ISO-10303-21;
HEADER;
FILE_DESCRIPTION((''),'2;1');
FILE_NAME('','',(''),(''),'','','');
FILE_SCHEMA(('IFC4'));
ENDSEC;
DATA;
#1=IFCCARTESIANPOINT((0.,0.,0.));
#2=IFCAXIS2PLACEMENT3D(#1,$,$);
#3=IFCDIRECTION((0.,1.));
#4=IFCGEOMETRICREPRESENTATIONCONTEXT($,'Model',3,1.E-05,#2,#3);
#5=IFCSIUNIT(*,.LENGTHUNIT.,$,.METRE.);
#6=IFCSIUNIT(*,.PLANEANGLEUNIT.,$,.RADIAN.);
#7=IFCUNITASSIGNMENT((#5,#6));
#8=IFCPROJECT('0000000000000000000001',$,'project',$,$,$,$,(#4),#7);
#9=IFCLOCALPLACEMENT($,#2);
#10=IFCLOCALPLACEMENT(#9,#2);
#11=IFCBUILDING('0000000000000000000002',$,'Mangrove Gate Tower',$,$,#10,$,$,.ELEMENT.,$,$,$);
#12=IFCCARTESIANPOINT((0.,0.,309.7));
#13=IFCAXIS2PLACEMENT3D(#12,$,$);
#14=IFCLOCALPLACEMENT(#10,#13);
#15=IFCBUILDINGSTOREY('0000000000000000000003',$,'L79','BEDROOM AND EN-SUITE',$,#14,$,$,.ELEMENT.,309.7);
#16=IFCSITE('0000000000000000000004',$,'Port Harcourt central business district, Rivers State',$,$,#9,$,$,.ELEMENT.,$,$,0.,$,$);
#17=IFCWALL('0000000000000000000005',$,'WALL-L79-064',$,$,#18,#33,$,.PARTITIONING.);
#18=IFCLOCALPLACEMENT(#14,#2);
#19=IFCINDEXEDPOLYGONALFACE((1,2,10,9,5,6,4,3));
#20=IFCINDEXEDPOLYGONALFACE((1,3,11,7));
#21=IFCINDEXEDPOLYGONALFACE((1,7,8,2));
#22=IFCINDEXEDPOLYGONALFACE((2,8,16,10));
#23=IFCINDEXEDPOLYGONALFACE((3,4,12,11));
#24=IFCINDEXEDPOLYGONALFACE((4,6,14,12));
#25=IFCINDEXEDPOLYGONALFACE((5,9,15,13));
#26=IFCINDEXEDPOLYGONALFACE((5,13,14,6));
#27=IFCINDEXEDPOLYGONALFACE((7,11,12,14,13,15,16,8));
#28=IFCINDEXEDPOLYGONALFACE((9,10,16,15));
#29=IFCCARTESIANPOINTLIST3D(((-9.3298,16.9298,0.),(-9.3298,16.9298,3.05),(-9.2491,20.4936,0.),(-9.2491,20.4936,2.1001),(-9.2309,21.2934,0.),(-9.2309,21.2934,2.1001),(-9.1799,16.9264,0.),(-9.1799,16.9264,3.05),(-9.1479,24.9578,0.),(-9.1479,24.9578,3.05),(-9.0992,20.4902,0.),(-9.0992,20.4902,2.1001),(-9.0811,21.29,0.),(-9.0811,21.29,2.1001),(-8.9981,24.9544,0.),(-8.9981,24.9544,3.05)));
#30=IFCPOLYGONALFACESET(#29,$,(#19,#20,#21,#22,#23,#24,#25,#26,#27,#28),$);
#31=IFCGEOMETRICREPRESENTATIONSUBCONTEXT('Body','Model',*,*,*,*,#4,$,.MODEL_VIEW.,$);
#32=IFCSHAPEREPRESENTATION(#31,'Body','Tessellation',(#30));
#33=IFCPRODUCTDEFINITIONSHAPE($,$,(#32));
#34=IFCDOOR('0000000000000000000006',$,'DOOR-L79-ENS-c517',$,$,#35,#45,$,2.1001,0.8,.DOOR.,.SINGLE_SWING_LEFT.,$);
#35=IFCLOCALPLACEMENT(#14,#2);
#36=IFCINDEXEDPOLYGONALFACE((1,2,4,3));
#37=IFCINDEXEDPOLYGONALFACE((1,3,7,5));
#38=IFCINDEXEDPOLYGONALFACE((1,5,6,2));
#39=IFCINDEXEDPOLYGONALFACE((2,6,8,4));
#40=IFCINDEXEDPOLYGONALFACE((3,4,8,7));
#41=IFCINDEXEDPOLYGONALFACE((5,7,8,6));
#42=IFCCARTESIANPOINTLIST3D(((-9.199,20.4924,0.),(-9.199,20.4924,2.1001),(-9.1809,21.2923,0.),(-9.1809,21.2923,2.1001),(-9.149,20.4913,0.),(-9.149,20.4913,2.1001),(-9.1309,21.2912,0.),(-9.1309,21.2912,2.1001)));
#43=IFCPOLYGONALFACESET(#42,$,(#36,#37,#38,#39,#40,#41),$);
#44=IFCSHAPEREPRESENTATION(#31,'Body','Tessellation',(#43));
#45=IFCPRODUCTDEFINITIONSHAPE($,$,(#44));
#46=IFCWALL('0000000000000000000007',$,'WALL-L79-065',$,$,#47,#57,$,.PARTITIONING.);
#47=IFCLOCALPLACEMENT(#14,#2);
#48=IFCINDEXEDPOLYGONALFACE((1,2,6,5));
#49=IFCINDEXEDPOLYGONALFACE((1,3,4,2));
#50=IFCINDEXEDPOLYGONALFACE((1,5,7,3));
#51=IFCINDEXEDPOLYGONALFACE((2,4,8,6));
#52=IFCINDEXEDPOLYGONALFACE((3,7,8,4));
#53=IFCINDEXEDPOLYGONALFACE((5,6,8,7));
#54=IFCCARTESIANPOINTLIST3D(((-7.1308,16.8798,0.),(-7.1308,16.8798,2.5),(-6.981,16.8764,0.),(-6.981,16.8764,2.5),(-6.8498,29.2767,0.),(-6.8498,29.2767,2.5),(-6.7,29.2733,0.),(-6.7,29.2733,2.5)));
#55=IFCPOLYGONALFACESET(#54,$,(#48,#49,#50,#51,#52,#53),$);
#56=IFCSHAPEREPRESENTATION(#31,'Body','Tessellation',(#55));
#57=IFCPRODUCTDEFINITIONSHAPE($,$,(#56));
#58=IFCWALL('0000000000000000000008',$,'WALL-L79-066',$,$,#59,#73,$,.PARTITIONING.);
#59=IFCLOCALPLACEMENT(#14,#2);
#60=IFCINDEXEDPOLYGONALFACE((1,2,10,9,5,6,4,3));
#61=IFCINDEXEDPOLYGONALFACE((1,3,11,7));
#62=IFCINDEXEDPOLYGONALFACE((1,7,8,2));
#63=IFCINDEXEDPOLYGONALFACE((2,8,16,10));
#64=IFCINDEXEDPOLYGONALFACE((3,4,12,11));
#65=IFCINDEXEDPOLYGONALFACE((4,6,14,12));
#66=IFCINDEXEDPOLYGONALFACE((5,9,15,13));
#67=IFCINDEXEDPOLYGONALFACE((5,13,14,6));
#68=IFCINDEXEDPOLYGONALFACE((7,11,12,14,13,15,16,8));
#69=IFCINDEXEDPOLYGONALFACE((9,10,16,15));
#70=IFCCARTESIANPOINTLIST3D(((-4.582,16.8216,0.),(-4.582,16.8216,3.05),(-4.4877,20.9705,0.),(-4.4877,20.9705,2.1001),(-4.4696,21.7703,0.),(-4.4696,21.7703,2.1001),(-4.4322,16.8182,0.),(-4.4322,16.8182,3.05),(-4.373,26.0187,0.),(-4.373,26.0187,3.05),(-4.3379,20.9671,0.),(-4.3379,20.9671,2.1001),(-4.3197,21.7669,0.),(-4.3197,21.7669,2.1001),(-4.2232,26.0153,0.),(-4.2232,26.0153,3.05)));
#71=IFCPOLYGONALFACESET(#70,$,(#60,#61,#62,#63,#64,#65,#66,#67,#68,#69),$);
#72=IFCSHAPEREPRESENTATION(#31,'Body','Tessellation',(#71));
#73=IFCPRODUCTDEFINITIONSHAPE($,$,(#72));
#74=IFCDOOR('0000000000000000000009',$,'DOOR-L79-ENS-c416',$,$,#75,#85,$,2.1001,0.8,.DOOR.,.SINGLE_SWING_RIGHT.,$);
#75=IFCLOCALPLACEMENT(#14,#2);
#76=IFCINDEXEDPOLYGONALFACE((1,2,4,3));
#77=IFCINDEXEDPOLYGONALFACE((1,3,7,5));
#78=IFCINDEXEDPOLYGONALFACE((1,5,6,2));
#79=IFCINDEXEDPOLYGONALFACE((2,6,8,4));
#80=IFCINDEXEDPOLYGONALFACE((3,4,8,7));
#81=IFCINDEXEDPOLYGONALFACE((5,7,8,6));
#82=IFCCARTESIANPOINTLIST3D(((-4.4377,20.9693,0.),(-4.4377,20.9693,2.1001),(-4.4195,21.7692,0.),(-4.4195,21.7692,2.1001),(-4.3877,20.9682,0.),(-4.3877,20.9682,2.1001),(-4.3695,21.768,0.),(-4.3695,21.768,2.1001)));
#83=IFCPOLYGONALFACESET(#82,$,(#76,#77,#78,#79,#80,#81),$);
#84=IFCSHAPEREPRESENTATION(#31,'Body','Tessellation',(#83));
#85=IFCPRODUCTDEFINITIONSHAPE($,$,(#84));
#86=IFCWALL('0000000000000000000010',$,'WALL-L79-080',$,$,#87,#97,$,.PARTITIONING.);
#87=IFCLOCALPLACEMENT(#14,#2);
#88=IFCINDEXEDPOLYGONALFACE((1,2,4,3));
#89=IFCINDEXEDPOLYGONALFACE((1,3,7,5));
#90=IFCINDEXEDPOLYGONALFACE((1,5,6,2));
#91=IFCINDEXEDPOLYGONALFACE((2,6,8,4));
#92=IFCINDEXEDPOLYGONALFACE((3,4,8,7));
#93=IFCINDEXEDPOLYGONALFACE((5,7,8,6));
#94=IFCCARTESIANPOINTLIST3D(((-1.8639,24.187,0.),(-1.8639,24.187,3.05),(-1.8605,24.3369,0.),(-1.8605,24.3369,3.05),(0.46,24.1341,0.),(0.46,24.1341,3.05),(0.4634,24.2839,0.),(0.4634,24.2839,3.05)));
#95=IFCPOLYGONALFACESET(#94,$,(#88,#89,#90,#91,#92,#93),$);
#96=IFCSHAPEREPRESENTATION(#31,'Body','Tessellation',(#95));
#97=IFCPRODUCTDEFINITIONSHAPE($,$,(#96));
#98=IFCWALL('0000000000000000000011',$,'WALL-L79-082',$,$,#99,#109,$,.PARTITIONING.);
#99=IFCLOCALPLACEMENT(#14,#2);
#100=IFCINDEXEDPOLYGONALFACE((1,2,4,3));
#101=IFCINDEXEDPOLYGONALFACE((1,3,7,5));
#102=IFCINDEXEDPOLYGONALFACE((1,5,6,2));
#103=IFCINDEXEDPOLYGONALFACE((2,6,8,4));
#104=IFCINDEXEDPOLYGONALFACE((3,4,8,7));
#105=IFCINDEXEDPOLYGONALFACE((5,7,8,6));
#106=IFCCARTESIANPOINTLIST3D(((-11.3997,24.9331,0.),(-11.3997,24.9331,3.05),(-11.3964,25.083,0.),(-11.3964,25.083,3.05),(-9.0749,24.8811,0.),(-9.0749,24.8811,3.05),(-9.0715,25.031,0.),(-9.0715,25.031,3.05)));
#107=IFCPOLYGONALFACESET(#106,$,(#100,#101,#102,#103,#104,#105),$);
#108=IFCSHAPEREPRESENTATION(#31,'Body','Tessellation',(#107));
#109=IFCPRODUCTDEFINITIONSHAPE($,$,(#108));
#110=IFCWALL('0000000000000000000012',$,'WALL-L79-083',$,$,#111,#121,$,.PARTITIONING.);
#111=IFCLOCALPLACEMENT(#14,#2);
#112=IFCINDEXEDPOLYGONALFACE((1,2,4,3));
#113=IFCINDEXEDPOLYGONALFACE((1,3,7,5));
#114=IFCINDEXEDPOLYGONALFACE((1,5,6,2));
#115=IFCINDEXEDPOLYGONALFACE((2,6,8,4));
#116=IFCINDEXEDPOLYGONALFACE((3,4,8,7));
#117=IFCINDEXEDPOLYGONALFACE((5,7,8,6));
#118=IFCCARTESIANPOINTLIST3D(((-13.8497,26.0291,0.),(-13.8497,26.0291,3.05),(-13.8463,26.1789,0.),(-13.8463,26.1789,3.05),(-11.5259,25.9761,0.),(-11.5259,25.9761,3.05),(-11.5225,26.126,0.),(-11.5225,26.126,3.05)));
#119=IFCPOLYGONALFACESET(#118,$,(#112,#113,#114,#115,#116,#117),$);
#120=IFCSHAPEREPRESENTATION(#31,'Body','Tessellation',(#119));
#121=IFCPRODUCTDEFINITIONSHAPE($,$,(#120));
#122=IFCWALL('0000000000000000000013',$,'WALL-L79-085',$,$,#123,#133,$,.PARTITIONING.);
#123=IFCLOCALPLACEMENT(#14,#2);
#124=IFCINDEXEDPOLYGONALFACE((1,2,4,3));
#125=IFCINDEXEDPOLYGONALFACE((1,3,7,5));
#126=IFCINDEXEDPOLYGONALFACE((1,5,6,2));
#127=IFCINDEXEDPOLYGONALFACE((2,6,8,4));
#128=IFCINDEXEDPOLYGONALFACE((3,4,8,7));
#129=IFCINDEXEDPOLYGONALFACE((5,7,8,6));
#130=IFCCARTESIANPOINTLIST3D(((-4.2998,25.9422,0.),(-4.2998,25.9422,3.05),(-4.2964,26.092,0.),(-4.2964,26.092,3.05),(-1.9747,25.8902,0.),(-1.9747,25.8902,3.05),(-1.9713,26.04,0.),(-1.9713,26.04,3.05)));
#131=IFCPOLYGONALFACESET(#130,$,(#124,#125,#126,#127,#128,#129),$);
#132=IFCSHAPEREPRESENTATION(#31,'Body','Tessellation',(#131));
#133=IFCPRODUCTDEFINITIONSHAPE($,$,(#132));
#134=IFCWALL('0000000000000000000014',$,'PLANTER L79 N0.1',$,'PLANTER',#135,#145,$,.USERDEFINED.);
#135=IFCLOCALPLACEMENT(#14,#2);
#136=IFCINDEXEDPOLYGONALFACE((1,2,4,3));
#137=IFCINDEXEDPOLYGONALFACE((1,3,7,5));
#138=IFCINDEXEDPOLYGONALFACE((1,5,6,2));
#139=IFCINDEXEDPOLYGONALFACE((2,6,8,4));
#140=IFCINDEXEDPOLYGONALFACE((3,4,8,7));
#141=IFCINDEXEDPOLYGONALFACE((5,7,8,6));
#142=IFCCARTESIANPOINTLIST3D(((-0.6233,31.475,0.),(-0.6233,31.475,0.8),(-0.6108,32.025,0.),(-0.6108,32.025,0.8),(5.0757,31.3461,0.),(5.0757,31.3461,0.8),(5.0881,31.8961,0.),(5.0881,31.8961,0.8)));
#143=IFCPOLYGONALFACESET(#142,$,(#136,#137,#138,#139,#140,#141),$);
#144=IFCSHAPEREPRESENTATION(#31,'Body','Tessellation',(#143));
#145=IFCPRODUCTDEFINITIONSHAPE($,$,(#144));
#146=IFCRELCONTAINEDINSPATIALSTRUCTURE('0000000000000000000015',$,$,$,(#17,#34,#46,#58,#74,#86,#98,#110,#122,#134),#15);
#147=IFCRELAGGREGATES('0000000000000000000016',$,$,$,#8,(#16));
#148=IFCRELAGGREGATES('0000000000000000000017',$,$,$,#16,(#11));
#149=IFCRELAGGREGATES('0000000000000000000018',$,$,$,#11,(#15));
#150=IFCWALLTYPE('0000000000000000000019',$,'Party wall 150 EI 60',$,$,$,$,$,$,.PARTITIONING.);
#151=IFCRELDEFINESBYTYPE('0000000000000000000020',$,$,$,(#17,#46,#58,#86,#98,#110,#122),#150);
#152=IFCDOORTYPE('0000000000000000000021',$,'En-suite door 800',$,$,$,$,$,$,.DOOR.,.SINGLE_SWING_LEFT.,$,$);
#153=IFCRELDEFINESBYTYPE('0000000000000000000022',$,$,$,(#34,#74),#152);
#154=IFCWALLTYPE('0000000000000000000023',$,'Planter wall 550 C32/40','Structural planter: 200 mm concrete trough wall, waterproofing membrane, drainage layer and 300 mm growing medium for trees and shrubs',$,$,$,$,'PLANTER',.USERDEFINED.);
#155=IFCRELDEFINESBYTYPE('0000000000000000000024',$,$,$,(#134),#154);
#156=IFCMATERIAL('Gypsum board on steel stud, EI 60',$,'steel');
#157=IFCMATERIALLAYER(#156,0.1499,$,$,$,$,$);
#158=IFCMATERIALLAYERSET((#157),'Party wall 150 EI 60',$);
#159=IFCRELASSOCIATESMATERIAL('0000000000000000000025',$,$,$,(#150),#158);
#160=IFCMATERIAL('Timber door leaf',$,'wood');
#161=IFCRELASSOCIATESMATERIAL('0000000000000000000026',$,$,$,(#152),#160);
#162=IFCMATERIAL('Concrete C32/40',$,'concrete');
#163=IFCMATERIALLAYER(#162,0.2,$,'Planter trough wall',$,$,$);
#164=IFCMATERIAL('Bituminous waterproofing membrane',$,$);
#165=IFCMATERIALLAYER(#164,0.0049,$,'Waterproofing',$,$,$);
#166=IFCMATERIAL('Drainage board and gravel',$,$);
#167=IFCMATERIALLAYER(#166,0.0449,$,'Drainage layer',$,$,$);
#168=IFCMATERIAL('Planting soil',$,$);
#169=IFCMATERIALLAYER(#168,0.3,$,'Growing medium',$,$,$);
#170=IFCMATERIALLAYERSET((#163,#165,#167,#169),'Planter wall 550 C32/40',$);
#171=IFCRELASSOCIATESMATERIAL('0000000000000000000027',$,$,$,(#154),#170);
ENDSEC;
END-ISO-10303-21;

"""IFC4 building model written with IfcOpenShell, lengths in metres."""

from ifc_helpers import new_model, si_unit, direction, frame, frame_2d, origin, place, context, subcontext, project, spatial, rectangle, extrude, material, layer, layer_set, type_object, element, fill, save


model = new_model("IFC4")

# Units and contexts
model_context = context("Model", 3, precision=1e-05, world=origin(), true_north=direction((0.0, 1.0)))
body_context = subcontext(model_context, "Body", "Model", "MODEL_VIEW")
ifc_project = project(units=[si_unit("LENGTHUNIT", "METRE"), si_unit("PLANEANGLEUNIT", "RADIAN")], contexts=[model_context])

# Site, building, storey
site_placement = place(None, origin())
site = spatial("IfcSite", under=ifc_project, at=site_placement, Name="Port Harcourt central business district, Rivers State", CompositionType="ELEMENT", RefElevation=0.0)
building_placement = place(site_placement, origin())
building = spatial("IfcBuilding", under=site, at=building_placement, Name="Mangrove Gate Tower", CompositionType="ELEMENT")
storey_placement = place(building_placement, frame((0.0, 0.0, 309.7)))
storey = spatial("IfcBuildingStorey", under=building, at=storey_placement, Name="L79", Description="BEDROOM AND EN-SUITE", CompositionType="ELEMENT", Elevation=309.7)

# Shared definitions
ifc_material_1 = material(Name="Gypsum board on steel stud, EI 60", Category="steel")
ifc_layer_1 = layer(ifc_material_1, 0.1499)
ifc_layer_set_1 = layer_set([ifc_layer_1], Name="Party wall 150 EI 60")
wall_type_1 = type_object("IfcWallType", Name="Party wall 150 EI 60", PredefinedType="PARTITIONING", material=ifc_layer_set_1)
ifc_material_2 = material(Name="Timber door leaf", Category="wood")
door_type = type_object("IfcDoorType", Name="En-suite door 800", OperationType="SINGLE_SWING_LEFT", PredefinedType="DOOR", material=ifc_material_2)

# Wall, opening, door
wall_1_placement = place(storey_placement, frame((-9.2549, 16.928, 0.0), z_axis=(0.0, 0.0, 1.0), x_axis=(0.02265, 0.999743, 0.0)))
wall_1 = element("IfcWall", 1, at=wall_1_placement, inside=storey, type_object=wall_type_1, Name="WALL-L79-064", PredefinedType="PARTITIONING", context=body_context, shape_type="SweptSolid", body=[
    extrude(rectangle(XDim=8.03, YDim=0.1499, at=frame_2d((4.0151, 0.0))), origin(), (0.0, 0.0, 1.0), 3.05),
])
opening_1_placement = place(wall_1_placement, frame((3.5649, 0.0, 0.0)))
opening_1 = element("IfcOpeningElement", 2, at=opening_1_placement, cuts=wall_1, PredefinedType="OPENING", context=body_context, shape_type="SweptSolid", body=[
    extrude(rectangle(XDim=0.8, YDim=2.1001, at=frame_2d((0.3999, 1.05))), frame((0.0, 0.085, 0.0), z_axis=(0.0, -1.0, 0.0), x_axis=(1.0, 0.0, 0.0)), (0.0, 0.0, 1.0), 0.1699),
])
door_1_placement = place(opening_1_placement, origin())
door_1 = element("IfcDoor", 3, at=door_1_placement, inside=storey, type_object=door_type, Name="DOOR-L79-ENS-c517", OperationType="SINGLE_SWING_LEFT", OverallHeight=2.1001, OverallWidth=0.8, PredefinedType="DOOR", context=body_context, shape_type="SweptSolid", body=[
    extrude(rectangle(XDim=0.8, YDim=2.1001, at=frame_2d((0.3999, 1.05))), frame((0.0, 0.0249, 0.0), z_axis=(0.0, -1.0, 0.0), x_axis=(1.0, 0.0, 0.0)), (0.0, 0.0, 1.0), 0.05),
])
fill(opening_1, door_1)

# Wall
wall_2_placement = place(storey_placement, frame((-7.0559, 16.8779, 0.0), z_axis=(0.0, 0.0, 1.0), x_axis=(0.022661, 0.999743, 0.0)))
element("IfcWall", 4, at=wall_2_placement, inside=storey, type_object=wall_type_1, Name="WALL-L79-065", PredefinedType="PARTITIONING", context=body_context, shape_type="SweptSolid", body=[
    extrude(rectangle(XDim=12.4001, YDim=0.1499, at=frame_2d((6.2002, 0.0))), origin(), (0.0, 0.0, 1.0), 2.5),
])

# Wall, opening, door
wall_3_placement = place(storey_placement, frame((-4.5071, 16.8201, 0.0), z_axis=(0.0, 0.0, 1.0), x_axis=(0.022717, 0.999742, 0.0)))
wall_3 = element("IfcWall", 5, at=wall_3_placement, inside=storey, type_object=wall_type_1, Name="WALL-L79-066", PredefinedType="PARTITIONING", context=body_context, shape_type="SweptSolid", body=[
    extrude(rectangle(XDim=9.1995, YDim=0.1499, at=frame_2d((4.5996, 0.0))), origin(), (0.0, 0.0, 1.0), 3.05),
])
opening_2_placement = place(wall_3_placement, frame((4.1499, 0.0, 0.0)))
opening_2 = element("IfcOpeningElement", 6, at=opening_2_placement, cuts=wall_3, PredefinedType="OPENING", context=body_context, shape_type="SweptSolid", body=[
    extrude(rectangle(XDim=0.8, YDim=2.1001, at=frame_2d((0.3999, 1.05))), frame((0.0, 0.085, 0.0), z_axis=(0.0, -1.0, 0.0), x_axis=(1.0, 0.0, 0.0)), (0.0, 0.0, 1.0), 0.1699),
])
door_2_placement = place(opening_2_placement, origin())
door_2 = element("IfcDoor", 7, at=door_2_placement, inside=storey, type_object=door_type, Name="DOOR-L79-ENS-c416", OperationType="SINGLE_SWING_RIGHT", OverallHeight=2.1001, OverallWidth=0.8, PredefinedType="DOOR", context=body_context, shape_type="SweptSolid", body=[
    extrude(rectangle(XDim=0.8, YDim=2.1001, at=frame_2d((0.3999, 1.05))), frame((0.0, 0.0249, 0.0), z_axis=(0.0, -1.0, 0.0), x_axis=(1.0, 0.0, 0.0)), (0.0, 0.0, 1.0), 0.05),
])
fill(opening_2, door_2)

# Walls
wall_4_placement = place(storey_placement, frame((-1.8621, 24.262, 0.0), z_axis=(0.0, 0.0, 1.0), x_axis=(0.99974, -0.022791, 0.0)))
element("IfcWall", 8, at=wall_4_placement, inside=storey, type_object=wall_type_1, Name="WALL-L79-080", PredefinedType="PARTITIONING", context=body_context, shape_type="SweptSolid", body=[
    extrude(rectangle(XDim=2.3245, YDim=0.1499, at=frame_2d((1.1621, 0.0))), origin(), (0.0, 0.0, 1.0), 3.05),
])
wall_5_placement = place(storey_placement, frame((-11.3979, 25.0081, 0.0), z_axis=(0.0, 0.0, 1.0), x_axis=(0.99975, -0.022361, 0.0)))
element("IfcWall", 9, at=wall_5_placement, inside=storey, type_object=wall_type_1, Name="WALL-L79-082", PredefinedType="PARTITIONING", context=body_context, shape_type="SweptSolid", body=[
    extrude(rectangle(XDim=2.3254, YDim=0.1499, at=frame_2d((1.1626, 0.0))), origin(), (0.0, 0.0, 1.0), 3.05),
])
wall_6_placement = place(storey_placement, frame((-13.8479, 26.104, 0.0), z_axis=(0.0, 0.0, 1.0), x_axis=(0.99974, -0.022791, 0.0)))
element("IfcWall", 10, at=wall_6_placement, inside=storey, type_object=wall_type_1, Name="WALL-L79-083", PredefinedType="PARTITIONING", context=body_context, shape_type="SweptSolid", body=[
    extrude(rectangle(XDim=2.3245, YDim=0.1499, at=frame_2d((1.1621, 0.0))), origin(), (0.0, 0.0, 1.0), 3.05),
])
wall_7_placement = place(storey_placement, frame((-4.2981, 26.0171, 0.0), z_axis=(0.0, 0.0, 1.0), x_axis=(0.99975, -0.022359, 0.0)))
element("IfcWall", 11, at=wall_7_placement, inside=storey, type_object=wall_type_1, Name="WALL-L79-085", PredefinedType="PARTITIONING", context=body_context, shape_type="SweptSolid", body=[
    extrude(rectangle(XDim=2.3257, YDim=0.1499, at=frame_2d((1.1628, 0.0))), origin(), (0.0, 0.0, 1.0), 3.05),
])
ifc_material_3 = material(Name="Concrete C32/40", Category="concrete")
ifc_layer_2 = layer(ifc_material_3, 0.2, Name="Planter trough wall")
ifc_material_4 = material(Name="Bituminous waterproofing membrane")
ifc_layer_3 = layer(ifc_material_4, 0.0049, Name="Waterproofing")
ifc_material_5 = material(Name="Drainage board and gravel")
ifc_layer_4 = layer(ifc_material_5, 0.0449, Name="Drainage layer")
ifc_material_6 = material(Name="Planting soil")
ifc_layer_5 = layer(ifc_material_6, 0.3, Name="Growing medium")
ifc_layer_set_2 = layer_set([ifc_layer_2, ifc_layer_3, ifc_layer_4, ifc_layer_5], Name="Planter wall 550 C32/40")
wall_type_2 = type_object("IfcWallType", Name="Planter wall 550 C32/40", Description="Structural planter: 200 mm concrete trough wall, waterproofing membrane, drainage layer and 300 mm growing medium for trees and shrubs", ElementType="PLANTER", PredefinedType="USERDEFINED", material=ifc_layer_set_2)
wall_8_placement = place(storey_placement, frame((-0.6169, 31.75, 0.0), z_axis=(0.0, 0.0, 1.0), x_axis=(0.999744, -0.022613, 0.0)))
element("IfcWall", 12, at=wall_8_placement, inside=storey, type_object=wall_type_2, Name="PLANTER L79 N0.1", ObjectType="PLANTER", PredefinedType="USERDEFINED", context=body_context, shape_type="SweptSolid", body=[
    extrude(rectangle(XDim=5.7004, YDim=0.55, at=frame_2d((2.8501, 0.0))), origin(), (0.0, 0.0, 1.0), 0.8),
])

save(model, "model.ifc")
